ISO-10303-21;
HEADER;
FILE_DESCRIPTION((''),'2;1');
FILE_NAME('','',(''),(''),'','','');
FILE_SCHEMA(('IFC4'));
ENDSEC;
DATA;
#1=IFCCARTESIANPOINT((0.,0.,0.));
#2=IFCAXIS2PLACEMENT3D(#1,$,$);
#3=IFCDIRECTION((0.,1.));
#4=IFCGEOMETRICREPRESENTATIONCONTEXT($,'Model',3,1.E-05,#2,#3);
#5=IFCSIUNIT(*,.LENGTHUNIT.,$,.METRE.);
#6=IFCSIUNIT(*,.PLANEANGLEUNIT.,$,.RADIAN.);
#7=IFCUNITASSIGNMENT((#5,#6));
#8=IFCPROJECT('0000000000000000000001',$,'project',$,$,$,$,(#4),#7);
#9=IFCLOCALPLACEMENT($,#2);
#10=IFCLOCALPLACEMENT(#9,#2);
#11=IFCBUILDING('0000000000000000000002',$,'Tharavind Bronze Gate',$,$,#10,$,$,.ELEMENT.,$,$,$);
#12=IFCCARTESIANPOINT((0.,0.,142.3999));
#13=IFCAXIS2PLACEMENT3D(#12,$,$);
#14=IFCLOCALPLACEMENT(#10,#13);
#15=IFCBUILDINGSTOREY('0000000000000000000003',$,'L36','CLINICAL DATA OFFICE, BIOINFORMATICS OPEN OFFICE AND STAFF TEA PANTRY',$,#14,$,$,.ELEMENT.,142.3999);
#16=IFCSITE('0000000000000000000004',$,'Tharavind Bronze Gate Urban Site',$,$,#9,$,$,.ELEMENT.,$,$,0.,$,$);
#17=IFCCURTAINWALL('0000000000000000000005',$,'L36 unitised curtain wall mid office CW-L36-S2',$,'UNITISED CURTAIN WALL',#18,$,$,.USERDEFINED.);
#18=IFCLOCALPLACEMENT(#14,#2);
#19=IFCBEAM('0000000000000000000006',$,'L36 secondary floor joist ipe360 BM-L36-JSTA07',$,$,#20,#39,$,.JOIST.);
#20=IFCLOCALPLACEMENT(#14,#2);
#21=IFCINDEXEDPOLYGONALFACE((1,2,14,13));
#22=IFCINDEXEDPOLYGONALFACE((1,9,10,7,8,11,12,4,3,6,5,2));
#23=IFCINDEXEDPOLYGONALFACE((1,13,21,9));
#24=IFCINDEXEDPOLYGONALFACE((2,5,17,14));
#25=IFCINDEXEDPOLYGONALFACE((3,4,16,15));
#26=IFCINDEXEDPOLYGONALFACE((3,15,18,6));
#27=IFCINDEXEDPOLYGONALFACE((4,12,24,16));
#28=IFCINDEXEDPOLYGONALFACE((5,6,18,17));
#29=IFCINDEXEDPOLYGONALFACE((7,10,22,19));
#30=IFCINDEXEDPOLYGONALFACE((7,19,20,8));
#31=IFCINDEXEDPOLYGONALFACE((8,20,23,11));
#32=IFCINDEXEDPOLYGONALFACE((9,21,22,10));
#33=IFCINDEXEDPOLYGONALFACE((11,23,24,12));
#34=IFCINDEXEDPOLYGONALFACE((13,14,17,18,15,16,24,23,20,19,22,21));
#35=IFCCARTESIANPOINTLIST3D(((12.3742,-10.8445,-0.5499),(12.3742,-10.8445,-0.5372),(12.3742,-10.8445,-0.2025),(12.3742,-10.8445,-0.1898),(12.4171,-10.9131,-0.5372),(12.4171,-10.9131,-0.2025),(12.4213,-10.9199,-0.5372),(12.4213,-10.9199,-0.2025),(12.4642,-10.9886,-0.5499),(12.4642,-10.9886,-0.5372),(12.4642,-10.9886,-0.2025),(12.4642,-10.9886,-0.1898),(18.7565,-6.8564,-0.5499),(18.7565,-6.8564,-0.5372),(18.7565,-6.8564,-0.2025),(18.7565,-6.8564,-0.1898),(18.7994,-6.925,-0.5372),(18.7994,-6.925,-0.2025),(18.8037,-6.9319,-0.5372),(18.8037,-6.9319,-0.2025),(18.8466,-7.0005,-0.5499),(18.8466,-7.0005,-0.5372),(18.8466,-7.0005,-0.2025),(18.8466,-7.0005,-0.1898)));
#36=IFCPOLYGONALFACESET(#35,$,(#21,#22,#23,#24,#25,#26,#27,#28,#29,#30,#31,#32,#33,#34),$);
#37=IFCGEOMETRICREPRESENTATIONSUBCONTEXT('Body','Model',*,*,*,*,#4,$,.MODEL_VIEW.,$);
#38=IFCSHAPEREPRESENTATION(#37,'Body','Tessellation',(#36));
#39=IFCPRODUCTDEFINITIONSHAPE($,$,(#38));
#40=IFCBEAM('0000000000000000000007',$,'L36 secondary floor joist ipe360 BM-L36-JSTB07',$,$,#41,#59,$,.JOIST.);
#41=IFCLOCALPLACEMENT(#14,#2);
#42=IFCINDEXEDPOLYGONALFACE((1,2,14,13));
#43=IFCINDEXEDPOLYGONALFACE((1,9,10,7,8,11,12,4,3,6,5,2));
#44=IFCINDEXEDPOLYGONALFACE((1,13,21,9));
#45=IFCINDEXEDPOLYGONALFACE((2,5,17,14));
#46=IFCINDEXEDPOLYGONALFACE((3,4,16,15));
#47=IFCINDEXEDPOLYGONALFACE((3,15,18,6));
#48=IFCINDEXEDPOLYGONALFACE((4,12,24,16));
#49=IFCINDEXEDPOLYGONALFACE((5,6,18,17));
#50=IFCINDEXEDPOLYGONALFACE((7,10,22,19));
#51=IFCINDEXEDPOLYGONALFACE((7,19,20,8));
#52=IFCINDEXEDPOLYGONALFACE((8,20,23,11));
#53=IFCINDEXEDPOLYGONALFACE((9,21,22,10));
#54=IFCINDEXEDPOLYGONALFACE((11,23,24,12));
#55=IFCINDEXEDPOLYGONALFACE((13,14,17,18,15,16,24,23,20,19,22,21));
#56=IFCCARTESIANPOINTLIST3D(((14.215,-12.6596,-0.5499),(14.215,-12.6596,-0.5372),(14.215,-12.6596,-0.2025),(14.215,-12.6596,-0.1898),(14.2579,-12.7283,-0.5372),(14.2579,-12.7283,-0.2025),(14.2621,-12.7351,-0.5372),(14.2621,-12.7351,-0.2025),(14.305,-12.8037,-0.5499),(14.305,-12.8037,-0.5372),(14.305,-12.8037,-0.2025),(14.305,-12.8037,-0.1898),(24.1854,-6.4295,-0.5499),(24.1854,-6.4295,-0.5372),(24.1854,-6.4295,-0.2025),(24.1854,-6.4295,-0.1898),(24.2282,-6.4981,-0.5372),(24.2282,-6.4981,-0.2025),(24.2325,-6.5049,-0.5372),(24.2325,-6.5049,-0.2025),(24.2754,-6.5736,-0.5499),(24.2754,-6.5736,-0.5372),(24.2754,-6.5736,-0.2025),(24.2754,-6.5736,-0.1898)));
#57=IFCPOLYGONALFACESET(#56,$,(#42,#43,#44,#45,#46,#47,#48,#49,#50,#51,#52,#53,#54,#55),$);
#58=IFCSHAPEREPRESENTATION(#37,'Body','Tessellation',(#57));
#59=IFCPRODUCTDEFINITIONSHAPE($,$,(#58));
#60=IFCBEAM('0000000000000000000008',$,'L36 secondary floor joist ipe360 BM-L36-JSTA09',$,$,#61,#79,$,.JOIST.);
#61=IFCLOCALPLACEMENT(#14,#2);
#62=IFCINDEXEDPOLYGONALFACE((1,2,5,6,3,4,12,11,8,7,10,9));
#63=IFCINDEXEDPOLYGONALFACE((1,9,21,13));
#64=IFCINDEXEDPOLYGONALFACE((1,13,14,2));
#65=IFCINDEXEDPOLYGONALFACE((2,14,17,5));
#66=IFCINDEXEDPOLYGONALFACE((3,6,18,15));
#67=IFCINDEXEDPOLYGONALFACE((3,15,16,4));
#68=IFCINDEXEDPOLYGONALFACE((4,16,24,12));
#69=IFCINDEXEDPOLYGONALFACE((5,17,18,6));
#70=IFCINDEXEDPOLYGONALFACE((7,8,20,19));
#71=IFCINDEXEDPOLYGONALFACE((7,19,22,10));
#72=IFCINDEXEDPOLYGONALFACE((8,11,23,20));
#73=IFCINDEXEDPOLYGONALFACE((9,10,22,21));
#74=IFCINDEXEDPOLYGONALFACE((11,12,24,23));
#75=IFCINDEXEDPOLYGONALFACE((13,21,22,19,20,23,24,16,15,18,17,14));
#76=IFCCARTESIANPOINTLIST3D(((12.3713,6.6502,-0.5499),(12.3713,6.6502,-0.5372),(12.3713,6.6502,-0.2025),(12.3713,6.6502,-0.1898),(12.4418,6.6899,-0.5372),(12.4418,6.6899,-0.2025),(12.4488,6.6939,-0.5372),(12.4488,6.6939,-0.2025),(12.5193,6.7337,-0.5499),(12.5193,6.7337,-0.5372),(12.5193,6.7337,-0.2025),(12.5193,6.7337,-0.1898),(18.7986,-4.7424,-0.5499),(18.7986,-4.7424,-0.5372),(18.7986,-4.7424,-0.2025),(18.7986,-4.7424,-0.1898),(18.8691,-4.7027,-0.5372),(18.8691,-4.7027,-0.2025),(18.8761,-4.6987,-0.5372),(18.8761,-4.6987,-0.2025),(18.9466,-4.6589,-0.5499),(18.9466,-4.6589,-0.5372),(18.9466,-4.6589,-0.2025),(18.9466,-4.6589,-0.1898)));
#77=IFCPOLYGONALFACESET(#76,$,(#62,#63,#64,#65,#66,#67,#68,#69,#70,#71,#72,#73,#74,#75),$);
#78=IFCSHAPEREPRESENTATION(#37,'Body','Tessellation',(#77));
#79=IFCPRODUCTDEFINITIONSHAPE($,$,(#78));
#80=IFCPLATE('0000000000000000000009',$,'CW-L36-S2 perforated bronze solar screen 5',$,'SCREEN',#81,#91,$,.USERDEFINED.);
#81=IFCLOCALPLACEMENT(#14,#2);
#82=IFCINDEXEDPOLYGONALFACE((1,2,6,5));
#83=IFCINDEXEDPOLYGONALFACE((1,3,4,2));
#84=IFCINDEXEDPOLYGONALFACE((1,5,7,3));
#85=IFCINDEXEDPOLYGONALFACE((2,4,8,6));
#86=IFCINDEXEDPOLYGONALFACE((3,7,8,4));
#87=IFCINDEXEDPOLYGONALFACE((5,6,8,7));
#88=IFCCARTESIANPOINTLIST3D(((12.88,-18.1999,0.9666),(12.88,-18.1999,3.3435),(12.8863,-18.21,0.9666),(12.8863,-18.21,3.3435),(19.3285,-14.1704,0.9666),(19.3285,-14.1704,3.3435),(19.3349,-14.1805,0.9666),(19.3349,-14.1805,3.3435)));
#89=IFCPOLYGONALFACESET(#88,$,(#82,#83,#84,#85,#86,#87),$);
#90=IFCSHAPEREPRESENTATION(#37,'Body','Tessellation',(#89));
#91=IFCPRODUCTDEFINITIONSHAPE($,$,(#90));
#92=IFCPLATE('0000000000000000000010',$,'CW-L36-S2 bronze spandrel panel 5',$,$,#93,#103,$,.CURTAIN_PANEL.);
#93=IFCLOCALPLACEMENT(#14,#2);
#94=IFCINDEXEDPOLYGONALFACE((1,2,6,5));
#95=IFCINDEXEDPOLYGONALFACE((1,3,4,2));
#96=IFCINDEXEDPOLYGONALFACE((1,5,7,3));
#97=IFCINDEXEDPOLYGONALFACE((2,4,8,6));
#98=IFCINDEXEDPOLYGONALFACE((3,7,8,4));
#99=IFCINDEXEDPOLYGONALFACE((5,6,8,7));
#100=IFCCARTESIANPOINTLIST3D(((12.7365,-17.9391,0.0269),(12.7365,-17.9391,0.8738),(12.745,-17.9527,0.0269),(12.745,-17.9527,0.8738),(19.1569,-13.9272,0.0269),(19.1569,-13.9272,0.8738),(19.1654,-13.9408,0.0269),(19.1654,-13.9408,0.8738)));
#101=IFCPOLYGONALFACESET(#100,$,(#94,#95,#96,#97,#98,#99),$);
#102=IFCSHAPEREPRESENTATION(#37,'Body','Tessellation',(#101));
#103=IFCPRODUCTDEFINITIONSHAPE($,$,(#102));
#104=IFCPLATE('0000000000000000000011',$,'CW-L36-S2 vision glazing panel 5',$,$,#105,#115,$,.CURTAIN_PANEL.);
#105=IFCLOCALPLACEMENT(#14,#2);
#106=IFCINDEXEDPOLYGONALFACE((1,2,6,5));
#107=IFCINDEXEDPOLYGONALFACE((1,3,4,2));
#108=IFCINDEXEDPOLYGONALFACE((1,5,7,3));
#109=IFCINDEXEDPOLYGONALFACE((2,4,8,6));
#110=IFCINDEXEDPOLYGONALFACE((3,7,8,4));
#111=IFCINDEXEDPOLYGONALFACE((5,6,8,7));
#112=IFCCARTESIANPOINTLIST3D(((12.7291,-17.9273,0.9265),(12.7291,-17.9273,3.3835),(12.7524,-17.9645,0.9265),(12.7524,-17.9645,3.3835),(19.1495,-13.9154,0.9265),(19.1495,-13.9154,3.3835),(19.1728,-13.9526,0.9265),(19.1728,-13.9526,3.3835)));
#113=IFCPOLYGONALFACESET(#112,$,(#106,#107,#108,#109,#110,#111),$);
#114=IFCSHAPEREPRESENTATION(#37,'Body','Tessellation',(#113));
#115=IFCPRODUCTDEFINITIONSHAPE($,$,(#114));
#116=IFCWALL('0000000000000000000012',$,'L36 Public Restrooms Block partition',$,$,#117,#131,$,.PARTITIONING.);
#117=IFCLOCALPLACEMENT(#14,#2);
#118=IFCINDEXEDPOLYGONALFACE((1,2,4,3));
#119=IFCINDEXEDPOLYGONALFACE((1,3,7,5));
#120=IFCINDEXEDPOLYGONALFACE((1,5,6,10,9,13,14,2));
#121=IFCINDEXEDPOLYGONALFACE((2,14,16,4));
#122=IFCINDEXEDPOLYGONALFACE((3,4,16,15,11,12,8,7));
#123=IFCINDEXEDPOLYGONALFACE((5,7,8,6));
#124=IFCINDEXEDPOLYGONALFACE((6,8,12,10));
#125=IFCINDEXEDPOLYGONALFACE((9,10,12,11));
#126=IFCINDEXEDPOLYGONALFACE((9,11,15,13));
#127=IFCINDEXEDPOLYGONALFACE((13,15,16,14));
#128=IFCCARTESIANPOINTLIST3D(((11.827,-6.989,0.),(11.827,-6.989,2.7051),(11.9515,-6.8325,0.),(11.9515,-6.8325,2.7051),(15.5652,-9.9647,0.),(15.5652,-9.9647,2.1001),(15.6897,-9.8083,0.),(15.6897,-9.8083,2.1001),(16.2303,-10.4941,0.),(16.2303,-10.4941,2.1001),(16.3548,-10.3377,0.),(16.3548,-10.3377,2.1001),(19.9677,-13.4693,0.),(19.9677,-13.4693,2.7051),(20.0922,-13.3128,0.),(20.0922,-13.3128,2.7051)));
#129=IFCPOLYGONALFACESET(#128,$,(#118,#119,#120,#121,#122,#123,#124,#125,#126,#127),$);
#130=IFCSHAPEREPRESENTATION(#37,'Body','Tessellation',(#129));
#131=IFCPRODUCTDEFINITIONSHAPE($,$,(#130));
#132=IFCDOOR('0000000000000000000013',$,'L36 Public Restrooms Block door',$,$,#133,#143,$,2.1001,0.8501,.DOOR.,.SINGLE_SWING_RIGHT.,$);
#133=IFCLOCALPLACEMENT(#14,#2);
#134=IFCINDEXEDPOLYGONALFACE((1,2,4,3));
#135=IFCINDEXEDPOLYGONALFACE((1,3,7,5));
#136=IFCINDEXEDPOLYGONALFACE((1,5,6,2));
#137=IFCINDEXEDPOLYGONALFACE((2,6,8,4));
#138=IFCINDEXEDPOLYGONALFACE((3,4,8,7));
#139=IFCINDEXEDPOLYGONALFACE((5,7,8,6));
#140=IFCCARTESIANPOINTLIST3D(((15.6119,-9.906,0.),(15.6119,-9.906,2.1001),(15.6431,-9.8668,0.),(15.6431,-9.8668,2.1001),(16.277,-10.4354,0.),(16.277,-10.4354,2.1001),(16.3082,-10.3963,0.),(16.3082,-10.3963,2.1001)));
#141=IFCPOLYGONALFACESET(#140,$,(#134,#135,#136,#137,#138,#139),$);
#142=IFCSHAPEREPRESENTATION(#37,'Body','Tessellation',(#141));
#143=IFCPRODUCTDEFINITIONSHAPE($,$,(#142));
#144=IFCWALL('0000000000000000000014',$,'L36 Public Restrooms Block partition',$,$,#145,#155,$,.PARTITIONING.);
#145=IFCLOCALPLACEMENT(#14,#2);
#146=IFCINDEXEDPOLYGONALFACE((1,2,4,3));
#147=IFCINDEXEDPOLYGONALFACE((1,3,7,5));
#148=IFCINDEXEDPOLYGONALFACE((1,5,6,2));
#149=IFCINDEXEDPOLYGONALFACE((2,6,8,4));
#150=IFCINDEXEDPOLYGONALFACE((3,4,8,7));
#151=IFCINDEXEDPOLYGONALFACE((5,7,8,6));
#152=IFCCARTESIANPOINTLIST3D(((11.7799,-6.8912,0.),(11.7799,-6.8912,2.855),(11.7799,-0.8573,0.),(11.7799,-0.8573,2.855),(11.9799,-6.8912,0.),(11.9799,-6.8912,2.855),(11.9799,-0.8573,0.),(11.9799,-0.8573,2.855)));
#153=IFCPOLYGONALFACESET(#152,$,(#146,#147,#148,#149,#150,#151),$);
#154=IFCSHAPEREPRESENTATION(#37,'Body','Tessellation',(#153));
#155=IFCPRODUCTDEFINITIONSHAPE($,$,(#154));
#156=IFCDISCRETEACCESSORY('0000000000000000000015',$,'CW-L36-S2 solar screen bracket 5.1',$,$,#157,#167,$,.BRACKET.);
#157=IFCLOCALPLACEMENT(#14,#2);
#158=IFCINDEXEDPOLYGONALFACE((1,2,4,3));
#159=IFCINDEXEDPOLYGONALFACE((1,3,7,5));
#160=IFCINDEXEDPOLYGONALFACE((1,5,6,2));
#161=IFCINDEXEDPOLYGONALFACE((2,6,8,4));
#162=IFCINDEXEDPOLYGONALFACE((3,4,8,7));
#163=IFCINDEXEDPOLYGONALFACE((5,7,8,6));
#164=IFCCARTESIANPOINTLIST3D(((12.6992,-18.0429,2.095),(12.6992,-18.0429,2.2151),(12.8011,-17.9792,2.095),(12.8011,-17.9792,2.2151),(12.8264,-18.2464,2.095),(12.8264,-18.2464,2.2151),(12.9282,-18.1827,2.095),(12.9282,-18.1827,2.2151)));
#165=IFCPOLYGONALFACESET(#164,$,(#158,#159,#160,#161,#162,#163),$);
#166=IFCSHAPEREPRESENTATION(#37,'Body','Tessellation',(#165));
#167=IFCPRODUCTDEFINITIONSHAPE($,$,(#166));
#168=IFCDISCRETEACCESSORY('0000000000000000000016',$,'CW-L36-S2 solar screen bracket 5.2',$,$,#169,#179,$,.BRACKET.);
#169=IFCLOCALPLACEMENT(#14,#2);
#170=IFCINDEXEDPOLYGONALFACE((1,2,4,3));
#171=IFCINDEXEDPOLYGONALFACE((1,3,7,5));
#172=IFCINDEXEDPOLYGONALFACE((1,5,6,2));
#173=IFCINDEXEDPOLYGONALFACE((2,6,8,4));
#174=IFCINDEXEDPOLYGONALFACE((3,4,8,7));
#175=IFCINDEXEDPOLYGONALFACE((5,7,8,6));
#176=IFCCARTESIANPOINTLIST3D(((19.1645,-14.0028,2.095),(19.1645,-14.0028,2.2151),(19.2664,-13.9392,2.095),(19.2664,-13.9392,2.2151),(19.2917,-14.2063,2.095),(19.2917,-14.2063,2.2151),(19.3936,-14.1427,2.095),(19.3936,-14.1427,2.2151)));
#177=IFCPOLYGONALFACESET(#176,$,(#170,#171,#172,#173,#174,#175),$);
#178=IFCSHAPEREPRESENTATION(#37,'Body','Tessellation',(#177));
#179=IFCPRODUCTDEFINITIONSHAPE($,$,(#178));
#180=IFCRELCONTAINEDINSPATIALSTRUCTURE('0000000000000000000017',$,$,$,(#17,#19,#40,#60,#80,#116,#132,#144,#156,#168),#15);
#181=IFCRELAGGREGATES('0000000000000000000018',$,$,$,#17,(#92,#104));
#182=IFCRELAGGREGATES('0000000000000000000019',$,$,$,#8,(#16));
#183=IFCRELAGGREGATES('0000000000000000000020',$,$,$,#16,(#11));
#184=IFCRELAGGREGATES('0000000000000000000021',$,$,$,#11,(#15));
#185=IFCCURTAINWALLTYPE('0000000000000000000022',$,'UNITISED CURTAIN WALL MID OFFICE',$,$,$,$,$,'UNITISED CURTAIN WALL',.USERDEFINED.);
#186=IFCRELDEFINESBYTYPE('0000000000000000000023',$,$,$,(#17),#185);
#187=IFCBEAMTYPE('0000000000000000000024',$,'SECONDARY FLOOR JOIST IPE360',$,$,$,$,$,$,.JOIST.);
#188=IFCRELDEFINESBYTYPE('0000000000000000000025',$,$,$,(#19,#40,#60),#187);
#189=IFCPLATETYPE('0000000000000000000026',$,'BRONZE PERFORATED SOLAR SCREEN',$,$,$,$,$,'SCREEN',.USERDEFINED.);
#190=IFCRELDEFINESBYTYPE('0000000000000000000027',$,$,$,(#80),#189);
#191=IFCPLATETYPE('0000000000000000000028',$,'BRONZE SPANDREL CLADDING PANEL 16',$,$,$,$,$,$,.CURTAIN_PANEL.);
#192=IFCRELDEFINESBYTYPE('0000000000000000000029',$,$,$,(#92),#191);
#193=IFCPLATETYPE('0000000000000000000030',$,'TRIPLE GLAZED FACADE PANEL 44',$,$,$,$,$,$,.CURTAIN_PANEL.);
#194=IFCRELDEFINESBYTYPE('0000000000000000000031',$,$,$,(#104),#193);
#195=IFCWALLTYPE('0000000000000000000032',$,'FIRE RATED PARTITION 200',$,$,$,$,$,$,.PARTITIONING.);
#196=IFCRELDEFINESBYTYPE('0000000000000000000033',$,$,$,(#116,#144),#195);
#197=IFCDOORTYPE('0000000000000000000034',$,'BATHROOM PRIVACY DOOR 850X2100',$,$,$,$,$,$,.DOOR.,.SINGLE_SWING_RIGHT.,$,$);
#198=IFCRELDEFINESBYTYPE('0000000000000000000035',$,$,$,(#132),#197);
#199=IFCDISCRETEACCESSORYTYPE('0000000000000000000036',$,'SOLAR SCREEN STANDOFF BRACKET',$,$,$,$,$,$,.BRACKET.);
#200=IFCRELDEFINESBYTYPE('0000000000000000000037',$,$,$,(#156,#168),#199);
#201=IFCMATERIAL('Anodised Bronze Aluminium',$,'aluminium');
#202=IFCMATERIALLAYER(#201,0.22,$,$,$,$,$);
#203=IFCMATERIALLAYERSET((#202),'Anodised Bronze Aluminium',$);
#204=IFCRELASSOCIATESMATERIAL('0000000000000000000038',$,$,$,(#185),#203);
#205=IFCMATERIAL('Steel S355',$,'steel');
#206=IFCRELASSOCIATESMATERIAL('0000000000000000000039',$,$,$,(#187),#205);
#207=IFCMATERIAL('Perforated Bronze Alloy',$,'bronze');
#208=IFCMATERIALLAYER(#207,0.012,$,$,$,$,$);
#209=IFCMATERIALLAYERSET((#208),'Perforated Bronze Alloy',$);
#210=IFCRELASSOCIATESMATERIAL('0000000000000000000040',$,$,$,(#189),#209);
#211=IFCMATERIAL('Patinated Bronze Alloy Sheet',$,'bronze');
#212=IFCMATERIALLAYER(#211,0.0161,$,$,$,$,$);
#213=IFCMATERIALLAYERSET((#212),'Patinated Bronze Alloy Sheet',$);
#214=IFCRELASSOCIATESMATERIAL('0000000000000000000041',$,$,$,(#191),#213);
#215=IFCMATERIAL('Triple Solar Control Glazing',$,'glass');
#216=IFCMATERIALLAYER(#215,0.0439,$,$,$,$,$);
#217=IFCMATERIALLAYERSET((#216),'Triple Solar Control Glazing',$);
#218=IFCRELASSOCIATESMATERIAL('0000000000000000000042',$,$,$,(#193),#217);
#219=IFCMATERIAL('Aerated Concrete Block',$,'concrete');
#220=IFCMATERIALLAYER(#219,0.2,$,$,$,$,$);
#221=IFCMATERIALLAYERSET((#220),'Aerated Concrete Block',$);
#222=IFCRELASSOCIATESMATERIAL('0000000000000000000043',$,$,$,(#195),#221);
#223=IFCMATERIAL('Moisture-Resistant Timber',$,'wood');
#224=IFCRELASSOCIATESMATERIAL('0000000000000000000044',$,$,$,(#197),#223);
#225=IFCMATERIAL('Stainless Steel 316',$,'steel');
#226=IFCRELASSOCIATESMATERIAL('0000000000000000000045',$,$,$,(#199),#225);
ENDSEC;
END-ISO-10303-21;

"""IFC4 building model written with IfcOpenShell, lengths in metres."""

from ifc_helpers import new_model, si_unit, direction, frame, frame_2d, origin, origin_2d, place, context, subcontext, project, spatial, rectangle, i_section, extrude, material, layer, layer_set, material_profile, profile_set, type_object, element, fill, aggregate, save


model = new_model("IFC4")

# Units and contexts
model_context = context("Model", 3, precision=1e-05, world=origin(), true_north=direction((0.0, 1.0)))
body_context = subcontext(model_context, "Body", "Model", "MODEL_VIEW")
ifc_project = project(units=[si_unit("LENGTHUNIT", "METRE"), si_unit("PLANEANGLEUNIT", "RADIAN")], contexts=[model_context])

# Site, building, storey
site_placement = place(None, origin())
site = spatial("IfcSite", under=ifc_project, at=site_placement, Name="Tharavind Bronze Gate Urban Site", CompositionType="ELEMENT", RefElevation=0.0)
building_placement = place(site_placement, origin())
building = spatial("IfcBuilding", under=site, at=building_placement, Name="Tharavind Bronze Gate", CompositionType="ELEMENT")
storey_placement = place(building_placement, frame((0.0, 0.0, 142.3999)))
storey = spatial("IfcBuildingStorey", under=building, at=storey_placement, Name="L36", Description="CLINICAL DATA OFFICE, BIOINFORMATICS OPEN OFFICE AND STAFF TEA PANTRY", CompositionType="ELEMENT", Elevation=142.3999)

# Curtain wall
ifc_material_1 = material(Name="Anodised Bronze Aluminium", Category="aluminium")
ifc_layer_1 = layer(ifc_material_1, 0.22)
ifc_layer_set_1 = layer_set([ifc_layer_1], Name="Anodised Bronze Aluminium")
curtain_wall_type = type_object("IfcCurtainWallType", Name="UNITISED CURTAIN WALL MID OFFICE", ElementType="UNITISED CURTAIN WALL", PredefinedType="USERDEFINED", material=ifc_layer_set_1)
curtain_wall_placement = place(storey_placement, origin())
curtain_wall = element("IfcCurtainWall", 1, at=curtain_wall_placement, inside=storey, type_object=curtain_wall_type, Name="L36 unitised curtain wall mid office CW-L36-S2", ObjectType="UNITISED CURTAIN WALL", PredefinedType="USERDEFINED")

# Beams
ifc_material_2 = material(Name="Steel S355", Category="steel")
ifc_material_profile_1 = material_profile(ifc_material_2, i_section(OverallWidth=0.1699, OverallDepth=0.3601, WebThickness=0.0081, FlangeThickness=0.0127, at=origin_2d()), Name="IPE360")
ifc_profile_set_1 = profile_set([ifc_material_profile_1], Name="Steel S355")
beam_type_1 = type_object("IfcBeamType", Name="SECONDARY FLOOR JOIST IPE360", PredefinedType="JOIST", material=ifc_profile_set_1)
beam_1_placement = place(storey_placement, frame((12.4192, -10.9165, -0.3699), z_axis=(0.848053, 0.529911, 0.0), x_axis=(-0.529911, 0.848053, 0.0)))
element("IfcBeam", 2, at=beam_1_placement, inside=storey, type_object=beam_type_1, Name="L36 secondary floor joist ipe360 BM-L36-JSTA07", PredefinedType="JOIST", context=body_context, shape_type="SweptSolid", body=[
    extrude(i_section(OverallWidth=0.1699, OverallDepth=0.3601, WebThickness=0.0081, FlangeThickness=0.0127, at=origin_2d()), origin(), (0.0, 0.0, 1.0), 7.5259),
])
beam_2_placement = place(storey_placement, frame((14.26, -12.7317, -0.3699), z_axis=(0.848048, 0.529919, 0.0), x_axis=(-0.529919, 0.848048, 0.0)))
element("IfcBeam", 3, at=beam_2_placement, inside=storey, type_object=beam_type_1, Name="L36 secondary floor joist ipe360 BM-L36-JSTB07", PredefinedType="JOIST", context=body_context, shape_type="SweptSolid", body=[
    extrude(i_section(OverallWidth=0.1699, OverallDepth=0.3601, WebThickness=0.0081, FlangeThickness=0.0127, at=origin_2d()), origin(), (0.0, 0.0, 1.0), 11.7568),
])
beam_3_placement = place(storey_placement, frame((18.8726, -4.7007, -0.3699), z_axis=(-0.49136, 0.870957, 0.0), x_axis=(-0.870957, -0.49136, 0.0)))
element("IfcBeam", 4, at=beam_3_placement, inside=storey, type_object=beam_type_1, Name="L36 secondary floor joist ipe360 BM-L36-JSTA09", PredefinedType="JOIST", context=body_context, shape_type="SweptSolid", body=[
    extrude(i_section(OverallWidth=0.1699, OverallDepth=0.3601, WebThickness=0.0081, FlangeThickness=0.0127, at=origin_2d()), origin(), (0.0, 0.0, 1.0), 13.0806),
])

# Plates
ifc_material_3 = material(Name="Perforated Bronze Alloy", Category="bronze")
ifc_layer_2 = layer(ifc_material_3, 0.012)
ifc_layer_set_2 = layer_set([ifc_layer_2], Name="Perforated Bronze Alloy")
plate_type_1 = type_object("IfcPlateType", Name="BRONZE PERFORATED SOLAR SCREEN", ElementType="SCREEN", PredefinedType="USERDEFINED", material=ifc_layer_set_2)
plate_1_placement = place(storey_placement, frame((16.1074, -16.1902, 0.9666), z_axis=(0.0, 0.0, 1.0), x_axis=(0.848048, 0.529919, 0.0)))
element("IfcPlate", 5, at=plate_1_placement, inside=storey, type_object=plate_type_1, Name="CW-L36-S2 perforated bronze solar screen 5", ObjectType="SCREEN", PredefinedType="USERDEFINED", context=body_context, shape_type="SweptSolid", body=[
    extrude(rectangle(XDim=7.604, YDim=0.012, at=origin_2d()), origin(), (0.0, 0.0, 1.0), 2.377),
])
ifc_material_4 = material(Name="Patinated Bronze Alloy Sheet", Category="bronze")
ifc_layer_3 = layer(ifc_material_4, 0.0161)
ifc_layer_set_3 = layer_set([ifc_layer_3], Name="Patinated Bronze Alloy Sheet")
plate_type_2 = type_object("IfcPlateType", Name="BRONZE SPANDREL CLADDING PANEL 16", PredefinedType="CURTAIN_PANEL", material=ifc_layer_set_3)
plate_2_placement = place(storey_placement, frame((15.9509, -15.9399, 0.0269), z_axis=(0.0, 0.0, 1.0), x_axis=(0.848048, 0.529919, 0.0)))
plate_2 = element("IfcPlate", 6, at=plate_2_placement, type_object=plate_type_2, Name="CW-L36-S2 bronze spandrel panel 5", PredefinedType="CURTAIN_PANEL", context=body_context, shape_type="SweptSolid", body=[
    extrude(rectangle(XDim=7.5708, YDim=0.0161, at=origin_2d()), origin(), (0.0, 0.0, 1.0), 0.8469),
])
ifc_material_5 = material(Name="Triple Solar Control Glazing", Category="glass")
ifc_layer_4 = layer(ifc_material_5, 0.0439)
ifc_layer_set_4 = layer_set([ifc_layer_4], Name="Triple Solar Control Glazing")
plate_type_3 = type_object("IfcPlateType", Name="TRIPLE GLAZED FACADE PANEL 44", PredefinedType="CURTAIN_PANEL", material=ifc_layer_set_4)
plate_3_placement = place(storey_placement, frame((15.9509, -15.9399, 0.9265), z_axis=(0.0, 0.0, 1.0), x_axis=(0.848048, 0.529919, 0.0)))
plate_3 = element("IfcPlate", 7, at=plate_3_placement, type_object=plate_type_3, Name="CW-L36-S2 vision glazing panel 5", PredefinedType="CURTAIN_PANEL", context=body_context, shape_type="SweptSolid", body=[
    extrude(rectangle(XDim=7.5708, YDim=0.0439, at=origin_2d()), origin(), (0.0, 0.0, 1.0), 2.457),
])
aggregate(curtain_wall, [plate_2, plate_3])

# Wall, opening, door
ifc_material_6 = material(Name="Aerated Concrete Block", Category="concrete")
ifc_layer_5 = layer(ifc_material_6, 0.2)
ifc_layer_set_5 = layer_set([ifc_layer_5], Name="Aerated Concrete Block")
wall_type = type_object("IfcWallType", Name="FIRE RATED PARTITION 200", PredefinedType="PARTITIONING", material=ifc_layer_set_5)
wall_1_placement = place(storey_placement, frame((20.03, -13.3911, 0.0), z_axis=(0.0, 0.0, 1.0), x_axis=(-0.78238, 0.622802, 0.0)))
wall_1 = element("IfcWall", 8, at=wall_1_placement, inside=storey, type_object=wall_type, Name="L36 Public Restrooms Block partition", PredefinedType="PARTITIONING", context=body_context, shape_type="SweptSolid", body=[
    extrude(rectangle(XDim=10.405, YDim=0.2, at=frame_2d((5.2026, 0.0))), origin(), (0.0, 0.0, 1.0), 2.7051),
])
opening_placement = place(wall_1_placement, frame((4.7771, 0.0, 0.0)))
opening = element("IfcOpeningElement", 9, at=opening_placement, cuts=wall_1, PredefinedType="OPENING", context=body_context, shape_type="SweptSolid", body=[
    extrude(rectangle(XDim=0.8501, YDim=2.1001, at=frame_2d((0.425, 1.05))), frame((0.0, 0.1101, 0.0), z_axis=(0.0, -1.0, 0.0), x_axis=(1.0, 0.0, 0.0)), (0.0, 0.0, 1.0), 0.22),
])
ifc_material_7 = material(Name="Moisture-Resistant Timber", Category="wood")
door_type = type_object("IfcDoorType", Name="BATHROOM PRIVACY DOOR 850X2100", OperationType="SINGLE_SWING_RIGHT", PredefinedType="DOOR", material=ifc_material_7)
door_placement = place(opening_placement, origin())
door = element("IfcDoor", 10, at=door_placement, inside=storey, type_object=door_type, Name="L36 Public Restrooms Block door", OperationType="SINGLE_SWING_RIGHT", OverallHeight=2.1001, OverallWidth=0.8501, PredefinedType="DOOR", context=body_context, shape_type="SweptSolid", body=[
    extrude(rectangle(XDim=0.8501, YDim=2.1001, at=frame_2d((0.425, 1.05))), frame((0.0, 0.0249, 0.0), z_axis=(0.0, -1.0, 0.0), x_axis=(1.0, 0.0, 0.0)), (0.0, 0.0, 1.0), 0.05),
])
fill(opening, door)

# Wall
wall_2_placement = place(storey_placement, frame((11.8799, -6.8914, 0.0), z_axis=(0.0, 0.0, 1.0), x_axis=(0.0, 1.0, 0.0)))
element("IfcWall", 11, at=wall_2_placement, inside=storey, type_object=wall_type, Name="L36 Public Restrooms Block partition", PredefinedType="PARTITIONING", context=body_context, shape_type="SweptSolid", body=[
    extrude(rectangle(XDim=6.0339, YDim=0.2, at=frame_2d((3.0171, 0.0))), origin(), (0.0, 0.0, 1.0), 2.855),
])

# Discrete accessories
ifc_material_8 = material(Name="Stainless Steel 316", Category="steel")
discrete_accessory_type = type_object("IfcDiscreteAccessoryType", Name="SOLAR SCREEN STANDOFF BRACKET", PredefinedType="BRACKET", material=ifc_material_8)
for number, where, z_axis, x_axis, name in (
    (12, (12.8137, -18.1128, 2.095), (0.0, 0.0, 1.0), (0.848048, 0.529919, 0.0), "CW-L36-S2 solar screen bracket 5.1"),
    (13, (19.2791, -14.0728, 2.095), (0.0, 0.0, 1.0), (0.848048, 0.529919, 0.0), "CW-L36-S2 solar screen bracket 5.2"),
):
    element("IfcDiscreteAccessory", number, at=place(storey_placement, frame(where, z_axis=z_axis, x_axis=x_axis)), inside=storey, type_object=discrete_accessory_type, Name=name, PredefinedType="BRACKET", context=body_context, shape_type="SweptSolid", body=[
        extrude(rectangle(XDim=0.1201, YDim=0.24, at=origin_2d()), origin(), (0.0, 0.0, 1.0), 0.1201),
    ])

save(model, "model.ifc")
